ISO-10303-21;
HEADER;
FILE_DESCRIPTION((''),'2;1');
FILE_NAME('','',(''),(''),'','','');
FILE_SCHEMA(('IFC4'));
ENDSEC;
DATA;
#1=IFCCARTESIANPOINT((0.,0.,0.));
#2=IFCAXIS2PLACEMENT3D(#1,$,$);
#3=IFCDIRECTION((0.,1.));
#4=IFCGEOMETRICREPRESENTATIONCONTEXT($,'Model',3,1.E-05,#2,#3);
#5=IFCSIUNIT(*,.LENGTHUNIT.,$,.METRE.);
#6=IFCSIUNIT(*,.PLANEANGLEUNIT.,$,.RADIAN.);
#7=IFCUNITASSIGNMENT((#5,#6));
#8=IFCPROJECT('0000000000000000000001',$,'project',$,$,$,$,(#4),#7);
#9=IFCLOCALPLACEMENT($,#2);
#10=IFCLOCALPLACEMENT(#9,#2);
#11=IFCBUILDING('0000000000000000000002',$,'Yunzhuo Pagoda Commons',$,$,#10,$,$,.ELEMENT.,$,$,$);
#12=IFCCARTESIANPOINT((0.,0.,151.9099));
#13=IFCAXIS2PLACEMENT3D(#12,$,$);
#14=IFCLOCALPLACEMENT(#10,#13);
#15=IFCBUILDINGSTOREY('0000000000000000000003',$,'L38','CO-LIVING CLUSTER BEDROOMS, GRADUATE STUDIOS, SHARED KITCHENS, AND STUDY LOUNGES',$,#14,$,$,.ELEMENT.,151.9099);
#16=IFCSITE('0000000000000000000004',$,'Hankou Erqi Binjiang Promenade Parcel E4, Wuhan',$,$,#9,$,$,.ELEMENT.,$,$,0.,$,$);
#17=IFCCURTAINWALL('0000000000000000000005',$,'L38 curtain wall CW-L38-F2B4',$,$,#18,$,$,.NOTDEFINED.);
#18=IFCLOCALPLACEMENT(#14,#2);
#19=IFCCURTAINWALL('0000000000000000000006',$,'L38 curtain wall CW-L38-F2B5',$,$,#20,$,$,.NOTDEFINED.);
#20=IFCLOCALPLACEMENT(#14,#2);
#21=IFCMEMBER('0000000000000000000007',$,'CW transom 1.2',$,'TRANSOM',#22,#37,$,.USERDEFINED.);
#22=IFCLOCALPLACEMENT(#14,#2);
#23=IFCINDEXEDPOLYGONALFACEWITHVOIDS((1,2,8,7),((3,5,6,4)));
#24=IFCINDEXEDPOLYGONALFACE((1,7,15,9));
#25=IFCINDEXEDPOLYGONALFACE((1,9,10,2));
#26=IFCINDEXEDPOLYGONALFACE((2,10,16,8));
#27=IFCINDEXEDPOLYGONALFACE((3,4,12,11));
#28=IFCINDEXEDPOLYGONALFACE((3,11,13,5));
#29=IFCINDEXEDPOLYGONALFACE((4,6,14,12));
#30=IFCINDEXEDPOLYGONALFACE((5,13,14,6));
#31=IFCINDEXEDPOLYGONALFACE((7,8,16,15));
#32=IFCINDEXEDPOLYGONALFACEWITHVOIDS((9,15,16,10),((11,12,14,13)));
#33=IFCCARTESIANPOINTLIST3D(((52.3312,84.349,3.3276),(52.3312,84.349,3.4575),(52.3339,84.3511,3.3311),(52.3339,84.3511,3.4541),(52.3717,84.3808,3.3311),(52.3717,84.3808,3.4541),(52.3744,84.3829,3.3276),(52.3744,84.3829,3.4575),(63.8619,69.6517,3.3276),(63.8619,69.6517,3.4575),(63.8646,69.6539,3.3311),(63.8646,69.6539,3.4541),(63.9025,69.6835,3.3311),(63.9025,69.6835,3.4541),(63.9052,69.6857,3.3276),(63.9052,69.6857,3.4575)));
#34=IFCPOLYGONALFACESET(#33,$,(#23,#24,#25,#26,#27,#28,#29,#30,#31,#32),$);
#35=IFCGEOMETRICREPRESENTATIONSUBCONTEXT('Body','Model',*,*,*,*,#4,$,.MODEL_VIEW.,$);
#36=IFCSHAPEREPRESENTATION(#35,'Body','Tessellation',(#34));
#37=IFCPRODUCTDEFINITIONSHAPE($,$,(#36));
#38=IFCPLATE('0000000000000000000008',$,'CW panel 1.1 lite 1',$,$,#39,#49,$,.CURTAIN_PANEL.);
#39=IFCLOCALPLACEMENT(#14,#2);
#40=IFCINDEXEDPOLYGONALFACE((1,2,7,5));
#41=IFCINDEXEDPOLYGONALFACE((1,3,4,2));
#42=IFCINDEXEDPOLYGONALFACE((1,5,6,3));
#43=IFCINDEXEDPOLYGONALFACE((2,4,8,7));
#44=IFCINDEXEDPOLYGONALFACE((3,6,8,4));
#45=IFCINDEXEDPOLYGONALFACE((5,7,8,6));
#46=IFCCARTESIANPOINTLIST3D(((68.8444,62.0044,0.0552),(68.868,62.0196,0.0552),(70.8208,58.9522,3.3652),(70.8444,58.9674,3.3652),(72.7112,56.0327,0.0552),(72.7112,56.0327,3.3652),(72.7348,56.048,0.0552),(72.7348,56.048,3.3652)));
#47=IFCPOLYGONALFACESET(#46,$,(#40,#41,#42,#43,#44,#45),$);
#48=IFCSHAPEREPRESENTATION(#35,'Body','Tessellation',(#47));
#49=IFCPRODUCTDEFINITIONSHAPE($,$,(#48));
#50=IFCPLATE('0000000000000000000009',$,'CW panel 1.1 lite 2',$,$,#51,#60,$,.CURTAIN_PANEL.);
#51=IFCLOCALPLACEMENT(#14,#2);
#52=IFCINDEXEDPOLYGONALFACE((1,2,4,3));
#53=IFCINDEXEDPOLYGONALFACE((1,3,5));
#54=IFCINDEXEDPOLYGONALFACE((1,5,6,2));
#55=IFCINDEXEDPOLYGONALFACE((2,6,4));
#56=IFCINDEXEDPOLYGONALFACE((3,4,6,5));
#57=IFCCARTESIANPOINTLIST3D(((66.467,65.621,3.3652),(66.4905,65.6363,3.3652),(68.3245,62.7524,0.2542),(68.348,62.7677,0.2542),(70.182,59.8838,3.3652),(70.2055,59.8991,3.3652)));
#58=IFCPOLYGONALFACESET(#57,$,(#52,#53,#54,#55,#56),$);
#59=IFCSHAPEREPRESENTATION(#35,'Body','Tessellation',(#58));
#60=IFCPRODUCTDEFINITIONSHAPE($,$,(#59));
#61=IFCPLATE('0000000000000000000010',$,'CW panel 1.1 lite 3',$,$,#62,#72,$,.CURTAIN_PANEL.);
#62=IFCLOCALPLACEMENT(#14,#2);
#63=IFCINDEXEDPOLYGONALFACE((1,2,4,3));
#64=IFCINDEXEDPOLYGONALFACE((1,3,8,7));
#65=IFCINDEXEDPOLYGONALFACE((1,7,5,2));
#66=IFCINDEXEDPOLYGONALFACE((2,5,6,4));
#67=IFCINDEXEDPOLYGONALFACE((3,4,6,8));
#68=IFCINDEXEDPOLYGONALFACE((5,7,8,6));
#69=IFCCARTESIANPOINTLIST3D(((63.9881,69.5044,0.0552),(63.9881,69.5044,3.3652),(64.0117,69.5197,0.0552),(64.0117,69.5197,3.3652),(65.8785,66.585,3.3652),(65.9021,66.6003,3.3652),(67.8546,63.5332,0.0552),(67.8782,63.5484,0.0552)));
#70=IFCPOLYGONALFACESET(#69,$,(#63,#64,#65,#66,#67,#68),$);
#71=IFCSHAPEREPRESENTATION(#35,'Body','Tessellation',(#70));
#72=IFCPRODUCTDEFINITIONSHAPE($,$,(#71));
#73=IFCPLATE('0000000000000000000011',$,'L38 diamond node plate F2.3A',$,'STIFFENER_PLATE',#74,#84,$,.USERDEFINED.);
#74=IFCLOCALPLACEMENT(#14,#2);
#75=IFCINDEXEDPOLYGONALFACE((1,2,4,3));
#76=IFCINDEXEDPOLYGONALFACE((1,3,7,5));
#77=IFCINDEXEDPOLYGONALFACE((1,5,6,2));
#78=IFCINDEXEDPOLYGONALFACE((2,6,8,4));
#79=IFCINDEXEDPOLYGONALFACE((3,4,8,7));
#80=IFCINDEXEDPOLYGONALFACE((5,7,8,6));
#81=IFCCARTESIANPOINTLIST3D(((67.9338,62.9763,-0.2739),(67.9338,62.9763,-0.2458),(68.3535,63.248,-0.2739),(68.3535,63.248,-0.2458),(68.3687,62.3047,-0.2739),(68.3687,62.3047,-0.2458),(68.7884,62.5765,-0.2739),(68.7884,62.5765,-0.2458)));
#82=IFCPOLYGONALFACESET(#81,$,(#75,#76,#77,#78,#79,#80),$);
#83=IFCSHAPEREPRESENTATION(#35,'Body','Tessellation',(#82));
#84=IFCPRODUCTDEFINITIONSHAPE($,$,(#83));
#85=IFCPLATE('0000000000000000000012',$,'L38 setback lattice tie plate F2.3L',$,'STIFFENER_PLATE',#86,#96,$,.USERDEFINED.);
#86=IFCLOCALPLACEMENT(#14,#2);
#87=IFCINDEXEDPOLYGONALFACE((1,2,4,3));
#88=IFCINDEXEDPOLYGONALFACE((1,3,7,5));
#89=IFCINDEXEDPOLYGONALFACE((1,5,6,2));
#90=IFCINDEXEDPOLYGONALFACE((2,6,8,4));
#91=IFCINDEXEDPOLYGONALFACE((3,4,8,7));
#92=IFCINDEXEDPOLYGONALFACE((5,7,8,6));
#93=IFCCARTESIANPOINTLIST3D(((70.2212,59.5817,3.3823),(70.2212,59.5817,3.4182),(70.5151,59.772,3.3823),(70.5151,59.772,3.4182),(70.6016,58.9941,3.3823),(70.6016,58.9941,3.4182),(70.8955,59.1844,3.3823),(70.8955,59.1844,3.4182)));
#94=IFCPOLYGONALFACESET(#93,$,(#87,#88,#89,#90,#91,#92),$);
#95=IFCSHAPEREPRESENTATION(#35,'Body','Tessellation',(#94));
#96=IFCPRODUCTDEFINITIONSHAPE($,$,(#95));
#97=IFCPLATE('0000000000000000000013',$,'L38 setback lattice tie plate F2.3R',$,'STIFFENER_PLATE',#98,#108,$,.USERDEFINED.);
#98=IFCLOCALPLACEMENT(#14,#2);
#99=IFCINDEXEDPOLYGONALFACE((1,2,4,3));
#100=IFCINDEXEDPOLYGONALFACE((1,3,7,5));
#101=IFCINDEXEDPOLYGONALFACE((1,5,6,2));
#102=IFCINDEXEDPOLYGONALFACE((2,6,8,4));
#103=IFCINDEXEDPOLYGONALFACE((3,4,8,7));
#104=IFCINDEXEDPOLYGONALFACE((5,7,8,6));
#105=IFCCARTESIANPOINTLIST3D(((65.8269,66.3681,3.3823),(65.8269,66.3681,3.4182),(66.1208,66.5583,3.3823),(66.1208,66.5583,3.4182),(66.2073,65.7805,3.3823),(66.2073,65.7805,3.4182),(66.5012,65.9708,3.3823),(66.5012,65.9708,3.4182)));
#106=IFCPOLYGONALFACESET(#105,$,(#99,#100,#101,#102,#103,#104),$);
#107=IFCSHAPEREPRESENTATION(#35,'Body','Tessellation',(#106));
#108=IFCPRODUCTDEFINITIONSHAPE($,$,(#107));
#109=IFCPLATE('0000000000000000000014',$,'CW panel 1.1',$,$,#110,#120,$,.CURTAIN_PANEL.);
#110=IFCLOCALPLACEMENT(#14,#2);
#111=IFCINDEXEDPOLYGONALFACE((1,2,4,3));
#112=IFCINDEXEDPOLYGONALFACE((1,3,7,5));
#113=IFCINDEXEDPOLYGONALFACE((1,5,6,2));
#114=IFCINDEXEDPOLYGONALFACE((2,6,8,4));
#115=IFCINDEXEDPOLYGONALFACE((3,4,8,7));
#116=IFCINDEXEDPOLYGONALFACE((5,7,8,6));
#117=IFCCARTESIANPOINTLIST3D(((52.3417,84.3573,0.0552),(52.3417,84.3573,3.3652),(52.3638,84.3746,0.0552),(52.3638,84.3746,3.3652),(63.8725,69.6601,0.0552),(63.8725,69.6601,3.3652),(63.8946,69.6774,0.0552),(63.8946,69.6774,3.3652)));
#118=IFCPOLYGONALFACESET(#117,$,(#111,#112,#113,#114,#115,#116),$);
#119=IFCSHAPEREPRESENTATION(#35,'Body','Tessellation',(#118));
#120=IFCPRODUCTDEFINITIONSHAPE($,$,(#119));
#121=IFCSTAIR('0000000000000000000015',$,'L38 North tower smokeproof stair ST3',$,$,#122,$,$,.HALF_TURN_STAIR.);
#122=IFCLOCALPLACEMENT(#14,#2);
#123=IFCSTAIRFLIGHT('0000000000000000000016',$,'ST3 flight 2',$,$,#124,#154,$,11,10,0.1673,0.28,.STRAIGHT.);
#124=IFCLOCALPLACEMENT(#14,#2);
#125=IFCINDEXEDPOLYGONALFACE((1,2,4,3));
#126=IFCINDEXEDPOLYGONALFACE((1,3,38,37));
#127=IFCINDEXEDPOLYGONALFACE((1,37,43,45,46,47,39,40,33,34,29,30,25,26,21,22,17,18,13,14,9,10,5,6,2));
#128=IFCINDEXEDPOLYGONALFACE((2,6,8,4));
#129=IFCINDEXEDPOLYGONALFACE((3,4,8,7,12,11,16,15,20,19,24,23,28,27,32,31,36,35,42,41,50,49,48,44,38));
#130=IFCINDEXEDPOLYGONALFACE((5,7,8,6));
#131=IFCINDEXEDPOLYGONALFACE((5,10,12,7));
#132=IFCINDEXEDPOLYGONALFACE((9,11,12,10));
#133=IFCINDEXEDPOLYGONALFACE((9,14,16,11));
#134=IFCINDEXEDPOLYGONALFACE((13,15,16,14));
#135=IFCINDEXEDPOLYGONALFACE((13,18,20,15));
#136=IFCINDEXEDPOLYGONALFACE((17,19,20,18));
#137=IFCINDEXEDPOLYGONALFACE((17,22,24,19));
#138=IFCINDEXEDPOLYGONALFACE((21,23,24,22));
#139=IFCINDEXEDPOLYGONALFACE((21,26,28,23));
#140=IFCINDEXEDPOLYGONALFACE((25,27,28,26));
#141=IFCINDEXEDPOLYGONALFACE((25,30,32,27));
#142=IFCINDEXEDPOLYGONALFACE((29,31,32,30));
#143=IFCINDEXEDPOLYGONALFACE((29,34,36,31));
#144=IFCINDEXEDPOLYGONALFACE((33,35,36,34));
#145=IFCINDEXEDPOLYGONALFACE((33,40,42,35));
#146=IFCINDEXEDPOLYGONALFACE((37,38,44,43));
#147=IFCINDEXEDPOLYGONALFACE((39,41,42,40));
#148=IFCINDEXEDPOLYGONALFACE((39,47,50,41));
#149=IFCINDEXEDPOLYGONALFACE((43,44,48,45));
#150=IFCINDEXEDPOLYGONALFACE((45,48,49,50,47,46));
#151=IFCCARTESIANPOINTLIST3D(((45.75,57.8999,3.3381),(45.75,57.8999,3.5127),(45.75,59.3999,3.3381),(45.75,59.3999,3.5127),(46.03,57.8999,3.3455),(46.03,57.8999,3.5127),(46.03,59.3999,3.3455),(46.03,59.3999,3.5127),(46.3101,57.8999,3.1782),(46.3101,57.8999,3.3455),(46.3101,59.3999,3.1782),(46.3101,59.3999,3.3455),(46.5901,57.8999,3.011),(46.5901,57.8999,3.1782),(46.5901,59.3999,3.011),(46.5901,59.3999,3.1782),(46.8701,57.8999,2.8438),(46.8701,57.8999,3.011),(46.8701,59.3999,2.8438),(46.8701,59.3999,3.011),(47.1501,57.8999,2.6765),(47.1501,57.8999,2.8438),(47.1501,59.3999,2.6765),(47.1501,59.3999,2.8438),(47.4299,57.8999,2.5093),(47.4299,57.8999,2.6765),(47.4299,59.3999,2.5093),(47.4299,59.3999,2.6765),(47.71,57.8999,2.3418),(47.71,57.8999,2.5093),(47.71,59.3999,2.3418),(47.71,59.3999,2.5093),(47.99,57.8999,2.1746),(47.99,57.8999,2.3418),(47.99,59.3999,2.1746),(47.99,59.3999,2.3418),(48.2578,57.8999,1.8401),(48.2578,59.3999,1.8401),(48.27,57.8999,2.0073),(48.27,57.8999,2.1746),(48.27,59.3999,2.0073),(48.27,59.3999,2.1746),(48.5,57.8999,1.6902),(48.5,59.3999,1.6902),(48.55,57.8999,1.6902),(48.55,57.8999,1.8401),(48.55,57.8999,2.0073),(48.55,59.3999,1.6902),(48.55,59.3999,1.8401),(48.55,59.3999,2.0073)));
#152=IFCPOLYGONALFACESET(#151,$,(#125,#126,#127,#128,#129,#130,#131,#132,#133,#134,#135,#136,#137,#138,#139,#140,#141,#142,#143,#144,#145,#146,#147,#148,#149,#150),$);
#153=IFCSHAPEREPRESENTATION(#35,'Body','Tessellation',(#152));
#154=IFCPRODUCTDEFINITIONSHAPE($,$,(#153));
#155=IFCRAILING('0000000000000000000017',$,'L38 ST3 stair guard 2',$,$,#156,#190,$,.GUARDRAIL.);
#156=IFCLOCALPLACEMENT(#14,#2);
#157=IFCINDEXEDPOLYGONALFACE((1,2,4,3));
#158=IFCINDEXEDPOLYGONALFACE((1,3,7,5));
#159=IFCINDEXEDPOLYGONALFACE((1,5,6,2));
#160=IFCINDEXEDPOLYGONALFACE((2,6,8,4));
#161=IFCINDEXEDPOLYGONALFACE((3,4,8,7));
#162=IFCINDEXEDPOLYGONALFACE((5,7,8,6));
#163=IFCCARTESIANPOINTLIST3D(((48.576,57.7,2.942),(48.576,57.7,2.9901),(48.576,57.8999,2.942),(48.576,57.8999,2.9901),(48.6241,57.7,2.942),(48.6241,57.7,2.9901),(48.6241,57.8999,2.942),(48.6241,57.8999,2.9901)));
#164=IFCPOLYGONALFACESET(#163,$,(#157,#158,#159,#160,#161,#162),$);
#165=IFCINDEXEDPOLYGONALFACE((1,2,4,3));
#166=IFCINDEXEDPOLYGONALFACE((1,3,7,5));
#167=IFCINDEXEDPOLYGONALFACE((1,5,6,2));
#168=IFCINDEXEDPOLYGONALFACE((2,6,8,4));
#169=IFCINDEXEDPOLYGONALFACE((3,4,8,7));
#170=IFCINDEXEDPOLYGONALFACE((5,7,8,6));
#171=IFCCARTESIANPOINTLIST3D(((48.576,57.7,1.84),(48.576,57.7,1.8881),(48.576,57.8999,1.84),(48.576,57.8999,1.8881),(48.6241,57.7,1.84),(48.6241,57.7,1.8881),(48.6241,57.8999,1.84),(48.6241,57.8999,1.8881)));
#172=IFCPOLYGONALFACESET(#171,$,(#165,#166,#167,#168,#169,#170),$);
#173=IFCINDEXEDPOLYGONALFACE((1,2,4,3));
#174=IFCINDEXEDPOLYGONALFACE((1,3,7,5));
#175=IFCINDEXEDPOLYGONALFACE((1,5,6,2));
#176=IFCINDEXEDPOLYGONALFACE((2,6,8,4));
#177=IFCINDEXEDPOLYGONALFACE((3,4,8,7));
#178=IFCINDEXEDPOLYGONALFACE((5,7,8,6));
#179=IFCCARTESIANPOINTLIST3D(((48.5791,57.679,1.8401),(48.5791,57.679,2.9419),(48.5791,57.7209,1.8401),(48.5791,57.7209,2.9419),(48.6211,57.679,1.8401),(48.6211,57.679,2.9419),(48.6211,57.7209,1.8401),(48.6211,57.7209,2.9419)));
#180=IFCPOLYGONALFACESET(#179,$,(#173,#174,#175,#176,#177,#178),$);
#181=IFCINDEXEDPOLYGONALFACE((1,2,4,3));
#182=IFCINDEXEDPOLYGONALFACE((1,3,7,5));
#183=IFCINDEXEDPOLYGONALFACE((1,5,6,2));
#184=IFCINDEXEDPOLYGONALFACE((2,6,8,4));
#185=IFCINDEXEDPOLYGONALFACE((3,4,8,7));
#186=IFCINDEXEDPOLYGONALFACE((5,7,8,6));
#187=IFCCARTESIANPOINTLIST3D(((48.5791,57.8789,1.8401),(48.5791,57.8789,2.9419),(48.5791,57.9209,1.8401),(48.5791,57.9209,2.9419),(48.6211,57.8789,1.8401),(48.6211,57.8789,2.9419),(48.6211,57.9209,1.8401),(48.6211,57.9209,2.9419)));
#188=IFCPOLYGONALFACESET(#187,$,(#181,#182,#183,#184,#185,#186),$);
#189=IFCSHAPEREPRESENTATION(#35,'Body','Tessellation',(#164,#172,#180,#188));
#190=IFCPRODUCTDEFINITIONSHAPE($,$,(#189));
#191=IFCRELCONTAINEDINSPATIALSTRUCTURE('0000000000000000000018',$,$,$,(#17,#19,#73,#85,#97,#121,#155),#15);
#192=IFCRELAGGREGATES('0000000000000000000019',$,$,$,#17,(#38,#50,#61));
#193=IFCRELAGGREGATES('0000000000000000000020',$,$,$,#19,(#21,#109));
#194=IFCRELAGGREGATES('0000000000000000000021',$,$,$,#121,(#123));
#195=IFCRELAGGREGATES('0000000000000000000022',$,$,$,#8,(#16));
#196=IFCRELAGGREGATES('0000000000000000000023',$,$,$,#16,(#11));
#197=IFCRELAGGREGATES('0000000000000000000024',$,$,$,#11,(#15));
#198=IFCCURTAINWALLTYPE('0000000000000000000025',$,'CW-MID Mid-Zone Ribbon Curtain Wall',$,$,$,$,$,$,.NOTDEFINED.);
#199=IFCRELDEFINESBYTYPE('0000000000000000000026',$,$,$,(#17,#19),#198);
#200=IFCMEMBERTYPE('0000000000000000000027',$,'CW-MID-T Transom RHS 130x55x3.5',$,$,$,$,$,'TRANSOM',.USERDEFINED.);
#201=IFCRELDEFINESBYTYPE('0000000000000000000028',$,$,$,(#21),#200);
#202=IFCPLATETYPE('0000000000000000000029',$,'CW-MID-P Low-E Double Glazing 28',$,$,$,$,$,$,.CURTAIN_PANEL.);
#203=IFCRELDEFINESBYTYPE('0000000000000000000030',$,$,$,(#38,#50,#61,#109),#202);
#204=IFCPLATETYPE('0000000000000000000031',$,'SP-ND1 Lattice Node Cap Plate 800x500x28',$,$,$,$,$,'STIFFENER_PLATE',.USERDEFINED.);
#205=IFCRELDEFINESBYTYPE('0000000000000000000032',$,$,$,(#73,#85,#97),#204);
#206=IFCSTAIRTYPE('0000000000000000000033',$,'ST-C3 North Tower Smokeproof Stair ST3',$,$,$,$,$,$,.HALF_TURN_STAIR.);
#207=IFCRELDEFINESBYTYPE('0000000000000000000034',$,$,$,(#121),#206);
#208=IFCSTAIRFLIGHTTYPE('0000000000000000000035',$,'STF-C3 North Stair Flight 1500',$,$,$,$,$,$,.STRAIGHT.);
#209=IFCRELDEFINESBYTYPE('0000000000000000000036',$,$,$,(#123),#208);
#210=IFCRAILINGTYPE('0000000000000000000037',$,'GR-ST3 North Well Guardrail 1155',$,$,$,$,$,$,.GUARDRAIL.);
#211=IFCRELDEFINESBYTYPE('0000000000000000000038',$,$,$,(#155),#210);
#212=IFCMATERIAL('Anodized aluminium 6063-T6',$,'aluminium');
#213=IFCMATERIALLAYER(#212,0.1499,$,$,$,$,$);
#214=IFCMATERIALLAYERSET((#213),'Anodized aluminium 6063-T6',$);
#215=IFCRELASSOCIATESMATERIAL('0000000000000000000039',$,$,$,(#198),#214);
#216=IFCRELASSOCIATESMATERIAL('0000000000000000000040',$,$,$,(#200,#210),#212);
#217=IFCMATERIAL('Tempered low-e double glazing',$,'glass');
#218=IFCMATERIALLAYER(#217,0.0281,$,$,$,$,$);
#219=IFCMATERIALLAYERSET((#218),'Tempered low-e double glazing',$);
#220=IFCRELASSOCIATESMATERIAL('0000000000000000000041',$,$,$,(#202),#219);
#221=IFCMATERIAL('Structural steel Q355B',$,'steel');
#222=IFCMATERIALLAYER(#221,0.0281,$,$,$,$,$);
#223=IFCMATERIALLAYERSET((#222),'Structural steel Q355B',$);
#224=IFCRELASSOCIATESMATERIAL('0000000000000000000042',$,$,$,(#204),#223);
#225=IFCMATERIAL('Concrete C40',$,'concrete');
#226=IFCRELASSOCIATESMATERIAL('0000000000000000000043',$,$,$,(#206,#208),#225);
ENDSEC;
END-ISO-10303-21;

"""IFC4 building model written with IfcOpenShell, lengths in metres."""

from ifc_helpers import new_model, si_unit, direction, frame, origin, origin_2d, place, context, subcontext, project, spatial, polyline, rectangle, hollow_rectangle, outline, extrude, source, transform, mapped, material, layer, layer_set, material_profile, profile_set, type_object, element, aggregate, save


model = new_model("IFC4")

# Units and contexts
model_context = context("Model", 3, precision=1e-05, world=origin(), true_north=direction((0.0, 1.0)))
body_context = subcontext(model_context, "Body", "Model", "MODEL_VIEW")
ifc_project = project(units=[si_unit("LENGTHUNIT", "METRE"), si_unit("PLANEANGLEUNIT", "RADIAN")], contexts=[model_context])

# Site, building, storey
site_placement = place(None, origin())
site = spatial("IfcSite", under=ifc_project, at=site_placement, Name="Hankou Erqi Binjiang Promenade Parcel E4, Wuhan", CompositionType="ELEMENT", RefElevation=0.0)
building_placement = place(site_placement, origin())
building = spatial("IfcBuilding", under=site, at=building_placement, Name="Yunzhuo Pagoda Commons", CompositionType="ELEMENT")
storey_placement = place(building_placement, frame((0.0, 0.0, 151.9099)))
storey = spatial("IfcBuildingStorey", under=building, at=storey_placement, Name="L38", Description="CO-LIVING CLUSTER BEDROOMS, GRADUATE STUDIOS, SHARED KITCHENS, AND STUDY LOUNGES", CompositionType="ELEMENT", Elevation=151.9099)

# Shared definitions
ifc_material_1 = material(Name="Structural steel Q355B", Category="steel")

# Curtain wall
ifc_material_2 = material(Name="Anodized aluminium 6063-T6", Category="aluminium")
ifc_layer_1 = layer(ifc_material_2, 0.1499)
ifc_layer_set_1 = layer_set([ifc_layer_1], Name="Anodized aluminium 6063-T6")
curtain_wall_type = type_object("IfcCurtainWallType", Name="CW-MID Mid-Zone Ribbon Curtain Wall", PredefinedType="NOTDEFINED", material=ifc_layer_set_1)
curtain_wall_1_placement = place(storey_placement, origin())
curtain_wall_1 = element("IfcCurtainWall", 1, at=curtain_wall_1_placement, inside=storey, type_object=curtain_wall_type, Name="L38 curtain wall CW-L38-F2B4", PredefinedType="NOTDEFINED")

# Curtain wall, member
curtain_wall_2_placement = place(storey_placement, origin())
curtain_wall_2 = element("IfcCurtainWall", 2, at=curtain_wall_2_placement, inside=storey, type_object=curtain_wall_type, Name="L38 curtain wall CW-L38-F2B5", PredefinedType="NOTDEFINED")
ifc_material_profile_1 = material_profile(ifc_material_2, hollow_rectangle(XDim=0.0549, YDim=0.1299, WallThickness=0.0034, at=origin_2d()), Name="Anodized aluminium 6063-T6")
ifc_profile_set_1 = profile_set([ifc_material_profile_1], Name="Anodized aluminium 6063-T6")
member_type_1 = type_object("IfcMemberType", Name="CW-MID-T Transom RHS 130x55x3.5", ElementType="TRANSOM", PredefinedType="USERDEFINED", material=ifc_profile_set_1)
shared_shape_1 = source(origin(), body_context, "Body", "SweptSolid", [
    extrude(hollow_rectangle(XDim=0.0549, YDim=0.1299, WallThickness=0.0034, at=origin_2d()), origin(), (0.0, 0.0, 1.0), 18.6807),
])
member_1_placement = place(storey_placement, frame((63.8835, 69.6687, 3.3926), z_axis=(-0.617256, 0.786763, 0.0), x_axis=(-0.786763, -0.617256, 0.0)))
member_1 = element("IfcMember", 3, at=member_1_placement, type_object=member_type_1, Name="CW transom 1.2", ObjectType="TRANSOM", PredefinedType="USERDEFINED", context=body_context, shape_type="MappedRepresentation", body=[
    mapped(shared_shape_1, transform((0.0, 0.0, 0.0), scale=1.0)),
])

# Plates
ifc_material_3 = material(Name="Tempered low-e double glazing", Category="glass")
ifc_layer_2 = layer(ifc_material_3, 0.0281)
ifc_layer_set_2 = layer_set([ifc_layer_2], Name="Tempered low-e double glazing")
plate_type_1 = type_object("IfcPlateType", Name="CW-MID-P Low-E Double Glazing 28", PredefinedType="CURTAIN_PANEL", material=ifc_layer_set_2)
plate_1_placement = place(storey_placement, frame((70.7778, 59.0186, 1.7102), z_axis=(0.839393, 0.543526, 0.0), x_axis=(-0.543526, 0.839393, 0.0)))
plate_1 = element("IfcPlate", 4, at=plate_1_placement, type_object=plate_type_1, Name="CW panel 1.1 lite 1", PredefinedType="CURTAIN_PANEL", context=body_context, shape_type="SweptSolid", body=[
    extrude(outline(polyline([(-3.5571, -1.655), (3.5571, -1.655), (-0.0791, 1.655), (-3.5571, 1.655), (-3.5571, -1.655)])), origin(), (0.0, 0.0, 1.0), 0.0281),
])
plate_2_placement = place(storey_placement, frame((68.3245, 62.7524, 1.8096), z_axis=(0.839393, 0.543526, 0.0), x_axis=(-0.543526, 0.839393, 0.0)))
plate_2 = element("IfcPlate", 5, at=plate_2_placement, type_object=plate_type_1, Name="CW panel 1.1 lite 2", PredefinedType="CURTAIN_PANEL", context=body_context, shape_type="SweptSolid", body=[
    extrude(outline(polyline([(-3.4175, 1.5557), (0.0, -1.5554), (3.4175, 1.5557), (-3.4175, 1.5557)])), origin(), (0.0, 0.0, 1.0), 0.0281),
])
plate_3_placement = place(storey_placement, frame((65.9214, 66.5188, 1.7102), z_axis=(0.839393, 0.543526, 0.0), x_axis=(-0.543526, 0.839393, 0.0)))
plate_3 = element("IfcPlate", 6, at=plate_3_placement, type_object=plate_type_1, Name="CW panel 1.1 lite 3", PredefinedType="CURTAIN_PANEL", context=body_context, shape_type="SweptSolid", body=[
    extrude(outline(polyline([(-3.5569, -1.655), (3.5569, -1.655), (3.5569, 1.655), (0.0789, 1.655), (-3.5569, -1.655)])), origin(), (0.0, 0.0, 1.0), 0.0281),
])
aggregate(curtain_wall_1, [plate_1, plate_2, plate_3])

# Plates
ifc_layer_3 = layer(ifc_material_1, 0.0281)
ifc_layer_set_3 = layer_set([ifc_layer_3], Name="Structural steel Q355B")
plate_type_2 = type_object("IfcPlateType", Name="SP-ND1 Lattice Node Cap Plate 800x500x28", ElementType="STIFFENER_PLATE", PredefinedType="USERDEFINED", material=ifc_layer_set_3)
shared_shape_2 = source(origin(), body_context, "Body", "SweptSolid", [
    extrude(rectangle(XDim=0.8, YDim=0.5, at=origin_2d()), origin(), (0.0, 0.0, 1.0), 0.0281),
])
plate_4_placement = place(storey_placement, frame((68.3611, 62.7764, -0.2739), z_axis=(0.0, 0.0, 1.0), x_axis=(-0.543526, 0.839392, 0.0)))
element("IfcPlate", 7, at=plate_4_placement, inside=storey, type_object=plate_type_2, Name="L38 diamond node plate F2.3A", ObjectType="STIFFENER_PLATE", PredefinedType="USERDEFINED", context=body_context, shape_type="MappedRepresentation", body=[
    mapped(shared_shape_2, transform((0.0, 0.0, 0.0), scale=1.0)),
])
shared_shape_3 = source(origin(), body_context, "Body", "SweptSolid", [
    extrude(rectangle(XDim=0.7, YDim=0.3501, at=origin_2d()), origin(), (0.0, 0.0, 1.0), 0.0359),
])
for number, where, z_axis, x_axis, name in (
    (8, (70.5583, 59.3831, 3.3823), (0.0, 0.0, 1.0), (-0.543526, 0.839392, 0.0), "L38 setback lattice tie plate F2.3L"),
    (9, (66.1641, 66.1694, 3.3823), (0.0, 0.0, 1.0), (-0.543526, 0.839392, 0.0), "L38 setback lattice tie plate F2.3R"),
):
    element("IfcPlate", number, at=place(storey_placement, frame(where, z_axis=z_axis, x_axis=x_axis)), inside=storey, type_object=plate_type_2, Name=name, ObjectType="STIFFENER_PLATE", PredefinedType="USERDEFINED", context=body_context, shape_type="MappedRepresentation", body=[
        mapped(shared_shape_3, transform((0.0, 0.0, 0.0), scale=1.0)),
    ])

# Plate
shared_shape_4 = source(origin(), body_context, "Body", "SweptSolid", [
    extrude(rectangle(XDim=18.6807, YDim=0.0281, at=origin_2d()), origin(), (0.0, 0.0, 1.0), 3.3101),
])
plate_5_placement = place(storey_placement, frame((58.1182, 77.0173, 0.0552), z_axis=(0.0, 0.0, 1.0), x_axis=(-0.61726, 0.786759, 0.0)))
plate_5 = element("IfcPlate", 10, at=plate_5_placement, type_object=plate_type_1, Name="CW panel 1.1", PredefinedType="CURTAIN_PANEL", context=body_context, shape_type="MappedRepresentation", body=[
    mapped(shared_shape_4, transform((0.0, 0.0, 0.0), scale=1.0)),
])
aggregate(curtain_wall_2, [member_1, plate_5])

# Stair, stair flight
ifc_material_4 = material(Name="Concrete C40", Category="concrete")
stair_type = type_object("IfcStairType", Name="ST-C3 North Tower Smokeproof Stair ST3", PredefinedType="HALF_TURN_STAIR", material=ifc_material_4)
stair_placement = place(storey_placement, origin())
stair = element("IfcStair", 11, at=stair_placement, inside=storey, type_object=stair_type, Name="L38 North tower smokeproof stair ST3", PredefinedType="HALF_TURN_STAIR")
stair_flight_type = type_object("IfcStairFlightType", Name="STF-C3 North Stair Flight 1500", PredefinedType="STRAIGHT", material=ifc_material_4)
shared_shape_5 = source(origin(), body_context, "Body", "SweptSolid", [
    extrude(outline(polyline([(0.0, -0.1499), (0.0, 0.0), (0.0, 0.1672), (0.28, 0.1672), (0.28, 0.3345), (0.5601, 0.3345), (0.5601, 0.5017), (0.8401, 0.5017), (0.8401, 0.6692), (1.1201, 0.6692), (1.1201, 0.8364), (1.3999, 0.8364), (1.3999, 1.0037), (1.6799, 1.0037), (1.6799, 1.1709), (1.96, 1.1709), (1.96, 1.3381), (2.24, 1.3381), (2.24, 1.5054), (2.52, 1.5054), (2.52, 1.6726), (2.8, 1.6726), (2.8, 1.8401), (2.8, 1.498), (0.2922, 0.0), (0.05, -0.1499), (0.0, -0.1499)])), frame((0.0, 0.75, 0.0), z_axis=(0.0, -1.0, 0.0), x_axis=(1.0, 0.0, 0.0)), (0.0, 0.0, 1.0), 1.5),
])
stair_flight_placement = place(storey_placement, frame((48.55, 58.6499, 1.8401), z_axis=(0.0, 0.0, 1.0), x_axis=(-1.0, 0.0, 0.0)))
stair_flight = element("IfcStairFlight", 12, at=stair_flight_placement, type_object=stair_flight_type, Name="ST3 flight 2", NumberOfRisers=11, NumberOfTreads=10, PredefinedType="STRAIGHT", RiserHeight=0.1673, TreadLength=0.28, context=body_context, shape_type="MappedRepresentation", body=[
    mapped(shared_shape_5, transform((0.0, 0.0, 0.0), scale=1.0)),
])
aggregate(stair, [stair_flight])

# Railing
railing_type_1 = type_object("IfcRailingType", Name="GR-ST3 North Well Guardrail 1155", PredefinedType="GUARDRAIL", material=ifc_material_2)
railing_1_placement = place(storey_placement, frame((48.6001, 57.7, 1.8401)))
element("IfcRailing", 13, at=railing_1_placement, inside=storey, type_object=railing_type_1, Name="L38 ST3 stair guard 2", PredefinedType="GUARDRAIL", context=body_context, shape_type="SweptSolid", body=[
    extrude(rectangle(XDim=0.0481, YDim=0.0481, at=origin_2d()), frame((0.0, 0.0, 1.126), z_axis=(0.0, 1.0, 0.0), x_axis=(-1.0, 0.0, 0.0)), (0.0, 0.0, 1.0), 0.2),
    extrude(rectangle(XDim=0.0481, YDim=0.0481, at=origin_2d()), frame((0.0, 0.0, 0.0239), z_axis=(0.0, 1.0, 0.0), x_axis=(-1.0, 0.0, 0.0)), (0.0, 0.0, 1.0), 0.2),
    extrude(rectangle(XDim=0.042, YDim=0.042, at=origin_2d()), origin(), (0.0, 0.0, 1.0), 1.1018),
    extrude(rectangle(XDim=0.042, YDim=0.042, at=origin_2d()), frame((0.0, 0.2, 0.0)), (0.0, 0.0, 1.0), 1.1018),
])

save(model, "model.ifc")
